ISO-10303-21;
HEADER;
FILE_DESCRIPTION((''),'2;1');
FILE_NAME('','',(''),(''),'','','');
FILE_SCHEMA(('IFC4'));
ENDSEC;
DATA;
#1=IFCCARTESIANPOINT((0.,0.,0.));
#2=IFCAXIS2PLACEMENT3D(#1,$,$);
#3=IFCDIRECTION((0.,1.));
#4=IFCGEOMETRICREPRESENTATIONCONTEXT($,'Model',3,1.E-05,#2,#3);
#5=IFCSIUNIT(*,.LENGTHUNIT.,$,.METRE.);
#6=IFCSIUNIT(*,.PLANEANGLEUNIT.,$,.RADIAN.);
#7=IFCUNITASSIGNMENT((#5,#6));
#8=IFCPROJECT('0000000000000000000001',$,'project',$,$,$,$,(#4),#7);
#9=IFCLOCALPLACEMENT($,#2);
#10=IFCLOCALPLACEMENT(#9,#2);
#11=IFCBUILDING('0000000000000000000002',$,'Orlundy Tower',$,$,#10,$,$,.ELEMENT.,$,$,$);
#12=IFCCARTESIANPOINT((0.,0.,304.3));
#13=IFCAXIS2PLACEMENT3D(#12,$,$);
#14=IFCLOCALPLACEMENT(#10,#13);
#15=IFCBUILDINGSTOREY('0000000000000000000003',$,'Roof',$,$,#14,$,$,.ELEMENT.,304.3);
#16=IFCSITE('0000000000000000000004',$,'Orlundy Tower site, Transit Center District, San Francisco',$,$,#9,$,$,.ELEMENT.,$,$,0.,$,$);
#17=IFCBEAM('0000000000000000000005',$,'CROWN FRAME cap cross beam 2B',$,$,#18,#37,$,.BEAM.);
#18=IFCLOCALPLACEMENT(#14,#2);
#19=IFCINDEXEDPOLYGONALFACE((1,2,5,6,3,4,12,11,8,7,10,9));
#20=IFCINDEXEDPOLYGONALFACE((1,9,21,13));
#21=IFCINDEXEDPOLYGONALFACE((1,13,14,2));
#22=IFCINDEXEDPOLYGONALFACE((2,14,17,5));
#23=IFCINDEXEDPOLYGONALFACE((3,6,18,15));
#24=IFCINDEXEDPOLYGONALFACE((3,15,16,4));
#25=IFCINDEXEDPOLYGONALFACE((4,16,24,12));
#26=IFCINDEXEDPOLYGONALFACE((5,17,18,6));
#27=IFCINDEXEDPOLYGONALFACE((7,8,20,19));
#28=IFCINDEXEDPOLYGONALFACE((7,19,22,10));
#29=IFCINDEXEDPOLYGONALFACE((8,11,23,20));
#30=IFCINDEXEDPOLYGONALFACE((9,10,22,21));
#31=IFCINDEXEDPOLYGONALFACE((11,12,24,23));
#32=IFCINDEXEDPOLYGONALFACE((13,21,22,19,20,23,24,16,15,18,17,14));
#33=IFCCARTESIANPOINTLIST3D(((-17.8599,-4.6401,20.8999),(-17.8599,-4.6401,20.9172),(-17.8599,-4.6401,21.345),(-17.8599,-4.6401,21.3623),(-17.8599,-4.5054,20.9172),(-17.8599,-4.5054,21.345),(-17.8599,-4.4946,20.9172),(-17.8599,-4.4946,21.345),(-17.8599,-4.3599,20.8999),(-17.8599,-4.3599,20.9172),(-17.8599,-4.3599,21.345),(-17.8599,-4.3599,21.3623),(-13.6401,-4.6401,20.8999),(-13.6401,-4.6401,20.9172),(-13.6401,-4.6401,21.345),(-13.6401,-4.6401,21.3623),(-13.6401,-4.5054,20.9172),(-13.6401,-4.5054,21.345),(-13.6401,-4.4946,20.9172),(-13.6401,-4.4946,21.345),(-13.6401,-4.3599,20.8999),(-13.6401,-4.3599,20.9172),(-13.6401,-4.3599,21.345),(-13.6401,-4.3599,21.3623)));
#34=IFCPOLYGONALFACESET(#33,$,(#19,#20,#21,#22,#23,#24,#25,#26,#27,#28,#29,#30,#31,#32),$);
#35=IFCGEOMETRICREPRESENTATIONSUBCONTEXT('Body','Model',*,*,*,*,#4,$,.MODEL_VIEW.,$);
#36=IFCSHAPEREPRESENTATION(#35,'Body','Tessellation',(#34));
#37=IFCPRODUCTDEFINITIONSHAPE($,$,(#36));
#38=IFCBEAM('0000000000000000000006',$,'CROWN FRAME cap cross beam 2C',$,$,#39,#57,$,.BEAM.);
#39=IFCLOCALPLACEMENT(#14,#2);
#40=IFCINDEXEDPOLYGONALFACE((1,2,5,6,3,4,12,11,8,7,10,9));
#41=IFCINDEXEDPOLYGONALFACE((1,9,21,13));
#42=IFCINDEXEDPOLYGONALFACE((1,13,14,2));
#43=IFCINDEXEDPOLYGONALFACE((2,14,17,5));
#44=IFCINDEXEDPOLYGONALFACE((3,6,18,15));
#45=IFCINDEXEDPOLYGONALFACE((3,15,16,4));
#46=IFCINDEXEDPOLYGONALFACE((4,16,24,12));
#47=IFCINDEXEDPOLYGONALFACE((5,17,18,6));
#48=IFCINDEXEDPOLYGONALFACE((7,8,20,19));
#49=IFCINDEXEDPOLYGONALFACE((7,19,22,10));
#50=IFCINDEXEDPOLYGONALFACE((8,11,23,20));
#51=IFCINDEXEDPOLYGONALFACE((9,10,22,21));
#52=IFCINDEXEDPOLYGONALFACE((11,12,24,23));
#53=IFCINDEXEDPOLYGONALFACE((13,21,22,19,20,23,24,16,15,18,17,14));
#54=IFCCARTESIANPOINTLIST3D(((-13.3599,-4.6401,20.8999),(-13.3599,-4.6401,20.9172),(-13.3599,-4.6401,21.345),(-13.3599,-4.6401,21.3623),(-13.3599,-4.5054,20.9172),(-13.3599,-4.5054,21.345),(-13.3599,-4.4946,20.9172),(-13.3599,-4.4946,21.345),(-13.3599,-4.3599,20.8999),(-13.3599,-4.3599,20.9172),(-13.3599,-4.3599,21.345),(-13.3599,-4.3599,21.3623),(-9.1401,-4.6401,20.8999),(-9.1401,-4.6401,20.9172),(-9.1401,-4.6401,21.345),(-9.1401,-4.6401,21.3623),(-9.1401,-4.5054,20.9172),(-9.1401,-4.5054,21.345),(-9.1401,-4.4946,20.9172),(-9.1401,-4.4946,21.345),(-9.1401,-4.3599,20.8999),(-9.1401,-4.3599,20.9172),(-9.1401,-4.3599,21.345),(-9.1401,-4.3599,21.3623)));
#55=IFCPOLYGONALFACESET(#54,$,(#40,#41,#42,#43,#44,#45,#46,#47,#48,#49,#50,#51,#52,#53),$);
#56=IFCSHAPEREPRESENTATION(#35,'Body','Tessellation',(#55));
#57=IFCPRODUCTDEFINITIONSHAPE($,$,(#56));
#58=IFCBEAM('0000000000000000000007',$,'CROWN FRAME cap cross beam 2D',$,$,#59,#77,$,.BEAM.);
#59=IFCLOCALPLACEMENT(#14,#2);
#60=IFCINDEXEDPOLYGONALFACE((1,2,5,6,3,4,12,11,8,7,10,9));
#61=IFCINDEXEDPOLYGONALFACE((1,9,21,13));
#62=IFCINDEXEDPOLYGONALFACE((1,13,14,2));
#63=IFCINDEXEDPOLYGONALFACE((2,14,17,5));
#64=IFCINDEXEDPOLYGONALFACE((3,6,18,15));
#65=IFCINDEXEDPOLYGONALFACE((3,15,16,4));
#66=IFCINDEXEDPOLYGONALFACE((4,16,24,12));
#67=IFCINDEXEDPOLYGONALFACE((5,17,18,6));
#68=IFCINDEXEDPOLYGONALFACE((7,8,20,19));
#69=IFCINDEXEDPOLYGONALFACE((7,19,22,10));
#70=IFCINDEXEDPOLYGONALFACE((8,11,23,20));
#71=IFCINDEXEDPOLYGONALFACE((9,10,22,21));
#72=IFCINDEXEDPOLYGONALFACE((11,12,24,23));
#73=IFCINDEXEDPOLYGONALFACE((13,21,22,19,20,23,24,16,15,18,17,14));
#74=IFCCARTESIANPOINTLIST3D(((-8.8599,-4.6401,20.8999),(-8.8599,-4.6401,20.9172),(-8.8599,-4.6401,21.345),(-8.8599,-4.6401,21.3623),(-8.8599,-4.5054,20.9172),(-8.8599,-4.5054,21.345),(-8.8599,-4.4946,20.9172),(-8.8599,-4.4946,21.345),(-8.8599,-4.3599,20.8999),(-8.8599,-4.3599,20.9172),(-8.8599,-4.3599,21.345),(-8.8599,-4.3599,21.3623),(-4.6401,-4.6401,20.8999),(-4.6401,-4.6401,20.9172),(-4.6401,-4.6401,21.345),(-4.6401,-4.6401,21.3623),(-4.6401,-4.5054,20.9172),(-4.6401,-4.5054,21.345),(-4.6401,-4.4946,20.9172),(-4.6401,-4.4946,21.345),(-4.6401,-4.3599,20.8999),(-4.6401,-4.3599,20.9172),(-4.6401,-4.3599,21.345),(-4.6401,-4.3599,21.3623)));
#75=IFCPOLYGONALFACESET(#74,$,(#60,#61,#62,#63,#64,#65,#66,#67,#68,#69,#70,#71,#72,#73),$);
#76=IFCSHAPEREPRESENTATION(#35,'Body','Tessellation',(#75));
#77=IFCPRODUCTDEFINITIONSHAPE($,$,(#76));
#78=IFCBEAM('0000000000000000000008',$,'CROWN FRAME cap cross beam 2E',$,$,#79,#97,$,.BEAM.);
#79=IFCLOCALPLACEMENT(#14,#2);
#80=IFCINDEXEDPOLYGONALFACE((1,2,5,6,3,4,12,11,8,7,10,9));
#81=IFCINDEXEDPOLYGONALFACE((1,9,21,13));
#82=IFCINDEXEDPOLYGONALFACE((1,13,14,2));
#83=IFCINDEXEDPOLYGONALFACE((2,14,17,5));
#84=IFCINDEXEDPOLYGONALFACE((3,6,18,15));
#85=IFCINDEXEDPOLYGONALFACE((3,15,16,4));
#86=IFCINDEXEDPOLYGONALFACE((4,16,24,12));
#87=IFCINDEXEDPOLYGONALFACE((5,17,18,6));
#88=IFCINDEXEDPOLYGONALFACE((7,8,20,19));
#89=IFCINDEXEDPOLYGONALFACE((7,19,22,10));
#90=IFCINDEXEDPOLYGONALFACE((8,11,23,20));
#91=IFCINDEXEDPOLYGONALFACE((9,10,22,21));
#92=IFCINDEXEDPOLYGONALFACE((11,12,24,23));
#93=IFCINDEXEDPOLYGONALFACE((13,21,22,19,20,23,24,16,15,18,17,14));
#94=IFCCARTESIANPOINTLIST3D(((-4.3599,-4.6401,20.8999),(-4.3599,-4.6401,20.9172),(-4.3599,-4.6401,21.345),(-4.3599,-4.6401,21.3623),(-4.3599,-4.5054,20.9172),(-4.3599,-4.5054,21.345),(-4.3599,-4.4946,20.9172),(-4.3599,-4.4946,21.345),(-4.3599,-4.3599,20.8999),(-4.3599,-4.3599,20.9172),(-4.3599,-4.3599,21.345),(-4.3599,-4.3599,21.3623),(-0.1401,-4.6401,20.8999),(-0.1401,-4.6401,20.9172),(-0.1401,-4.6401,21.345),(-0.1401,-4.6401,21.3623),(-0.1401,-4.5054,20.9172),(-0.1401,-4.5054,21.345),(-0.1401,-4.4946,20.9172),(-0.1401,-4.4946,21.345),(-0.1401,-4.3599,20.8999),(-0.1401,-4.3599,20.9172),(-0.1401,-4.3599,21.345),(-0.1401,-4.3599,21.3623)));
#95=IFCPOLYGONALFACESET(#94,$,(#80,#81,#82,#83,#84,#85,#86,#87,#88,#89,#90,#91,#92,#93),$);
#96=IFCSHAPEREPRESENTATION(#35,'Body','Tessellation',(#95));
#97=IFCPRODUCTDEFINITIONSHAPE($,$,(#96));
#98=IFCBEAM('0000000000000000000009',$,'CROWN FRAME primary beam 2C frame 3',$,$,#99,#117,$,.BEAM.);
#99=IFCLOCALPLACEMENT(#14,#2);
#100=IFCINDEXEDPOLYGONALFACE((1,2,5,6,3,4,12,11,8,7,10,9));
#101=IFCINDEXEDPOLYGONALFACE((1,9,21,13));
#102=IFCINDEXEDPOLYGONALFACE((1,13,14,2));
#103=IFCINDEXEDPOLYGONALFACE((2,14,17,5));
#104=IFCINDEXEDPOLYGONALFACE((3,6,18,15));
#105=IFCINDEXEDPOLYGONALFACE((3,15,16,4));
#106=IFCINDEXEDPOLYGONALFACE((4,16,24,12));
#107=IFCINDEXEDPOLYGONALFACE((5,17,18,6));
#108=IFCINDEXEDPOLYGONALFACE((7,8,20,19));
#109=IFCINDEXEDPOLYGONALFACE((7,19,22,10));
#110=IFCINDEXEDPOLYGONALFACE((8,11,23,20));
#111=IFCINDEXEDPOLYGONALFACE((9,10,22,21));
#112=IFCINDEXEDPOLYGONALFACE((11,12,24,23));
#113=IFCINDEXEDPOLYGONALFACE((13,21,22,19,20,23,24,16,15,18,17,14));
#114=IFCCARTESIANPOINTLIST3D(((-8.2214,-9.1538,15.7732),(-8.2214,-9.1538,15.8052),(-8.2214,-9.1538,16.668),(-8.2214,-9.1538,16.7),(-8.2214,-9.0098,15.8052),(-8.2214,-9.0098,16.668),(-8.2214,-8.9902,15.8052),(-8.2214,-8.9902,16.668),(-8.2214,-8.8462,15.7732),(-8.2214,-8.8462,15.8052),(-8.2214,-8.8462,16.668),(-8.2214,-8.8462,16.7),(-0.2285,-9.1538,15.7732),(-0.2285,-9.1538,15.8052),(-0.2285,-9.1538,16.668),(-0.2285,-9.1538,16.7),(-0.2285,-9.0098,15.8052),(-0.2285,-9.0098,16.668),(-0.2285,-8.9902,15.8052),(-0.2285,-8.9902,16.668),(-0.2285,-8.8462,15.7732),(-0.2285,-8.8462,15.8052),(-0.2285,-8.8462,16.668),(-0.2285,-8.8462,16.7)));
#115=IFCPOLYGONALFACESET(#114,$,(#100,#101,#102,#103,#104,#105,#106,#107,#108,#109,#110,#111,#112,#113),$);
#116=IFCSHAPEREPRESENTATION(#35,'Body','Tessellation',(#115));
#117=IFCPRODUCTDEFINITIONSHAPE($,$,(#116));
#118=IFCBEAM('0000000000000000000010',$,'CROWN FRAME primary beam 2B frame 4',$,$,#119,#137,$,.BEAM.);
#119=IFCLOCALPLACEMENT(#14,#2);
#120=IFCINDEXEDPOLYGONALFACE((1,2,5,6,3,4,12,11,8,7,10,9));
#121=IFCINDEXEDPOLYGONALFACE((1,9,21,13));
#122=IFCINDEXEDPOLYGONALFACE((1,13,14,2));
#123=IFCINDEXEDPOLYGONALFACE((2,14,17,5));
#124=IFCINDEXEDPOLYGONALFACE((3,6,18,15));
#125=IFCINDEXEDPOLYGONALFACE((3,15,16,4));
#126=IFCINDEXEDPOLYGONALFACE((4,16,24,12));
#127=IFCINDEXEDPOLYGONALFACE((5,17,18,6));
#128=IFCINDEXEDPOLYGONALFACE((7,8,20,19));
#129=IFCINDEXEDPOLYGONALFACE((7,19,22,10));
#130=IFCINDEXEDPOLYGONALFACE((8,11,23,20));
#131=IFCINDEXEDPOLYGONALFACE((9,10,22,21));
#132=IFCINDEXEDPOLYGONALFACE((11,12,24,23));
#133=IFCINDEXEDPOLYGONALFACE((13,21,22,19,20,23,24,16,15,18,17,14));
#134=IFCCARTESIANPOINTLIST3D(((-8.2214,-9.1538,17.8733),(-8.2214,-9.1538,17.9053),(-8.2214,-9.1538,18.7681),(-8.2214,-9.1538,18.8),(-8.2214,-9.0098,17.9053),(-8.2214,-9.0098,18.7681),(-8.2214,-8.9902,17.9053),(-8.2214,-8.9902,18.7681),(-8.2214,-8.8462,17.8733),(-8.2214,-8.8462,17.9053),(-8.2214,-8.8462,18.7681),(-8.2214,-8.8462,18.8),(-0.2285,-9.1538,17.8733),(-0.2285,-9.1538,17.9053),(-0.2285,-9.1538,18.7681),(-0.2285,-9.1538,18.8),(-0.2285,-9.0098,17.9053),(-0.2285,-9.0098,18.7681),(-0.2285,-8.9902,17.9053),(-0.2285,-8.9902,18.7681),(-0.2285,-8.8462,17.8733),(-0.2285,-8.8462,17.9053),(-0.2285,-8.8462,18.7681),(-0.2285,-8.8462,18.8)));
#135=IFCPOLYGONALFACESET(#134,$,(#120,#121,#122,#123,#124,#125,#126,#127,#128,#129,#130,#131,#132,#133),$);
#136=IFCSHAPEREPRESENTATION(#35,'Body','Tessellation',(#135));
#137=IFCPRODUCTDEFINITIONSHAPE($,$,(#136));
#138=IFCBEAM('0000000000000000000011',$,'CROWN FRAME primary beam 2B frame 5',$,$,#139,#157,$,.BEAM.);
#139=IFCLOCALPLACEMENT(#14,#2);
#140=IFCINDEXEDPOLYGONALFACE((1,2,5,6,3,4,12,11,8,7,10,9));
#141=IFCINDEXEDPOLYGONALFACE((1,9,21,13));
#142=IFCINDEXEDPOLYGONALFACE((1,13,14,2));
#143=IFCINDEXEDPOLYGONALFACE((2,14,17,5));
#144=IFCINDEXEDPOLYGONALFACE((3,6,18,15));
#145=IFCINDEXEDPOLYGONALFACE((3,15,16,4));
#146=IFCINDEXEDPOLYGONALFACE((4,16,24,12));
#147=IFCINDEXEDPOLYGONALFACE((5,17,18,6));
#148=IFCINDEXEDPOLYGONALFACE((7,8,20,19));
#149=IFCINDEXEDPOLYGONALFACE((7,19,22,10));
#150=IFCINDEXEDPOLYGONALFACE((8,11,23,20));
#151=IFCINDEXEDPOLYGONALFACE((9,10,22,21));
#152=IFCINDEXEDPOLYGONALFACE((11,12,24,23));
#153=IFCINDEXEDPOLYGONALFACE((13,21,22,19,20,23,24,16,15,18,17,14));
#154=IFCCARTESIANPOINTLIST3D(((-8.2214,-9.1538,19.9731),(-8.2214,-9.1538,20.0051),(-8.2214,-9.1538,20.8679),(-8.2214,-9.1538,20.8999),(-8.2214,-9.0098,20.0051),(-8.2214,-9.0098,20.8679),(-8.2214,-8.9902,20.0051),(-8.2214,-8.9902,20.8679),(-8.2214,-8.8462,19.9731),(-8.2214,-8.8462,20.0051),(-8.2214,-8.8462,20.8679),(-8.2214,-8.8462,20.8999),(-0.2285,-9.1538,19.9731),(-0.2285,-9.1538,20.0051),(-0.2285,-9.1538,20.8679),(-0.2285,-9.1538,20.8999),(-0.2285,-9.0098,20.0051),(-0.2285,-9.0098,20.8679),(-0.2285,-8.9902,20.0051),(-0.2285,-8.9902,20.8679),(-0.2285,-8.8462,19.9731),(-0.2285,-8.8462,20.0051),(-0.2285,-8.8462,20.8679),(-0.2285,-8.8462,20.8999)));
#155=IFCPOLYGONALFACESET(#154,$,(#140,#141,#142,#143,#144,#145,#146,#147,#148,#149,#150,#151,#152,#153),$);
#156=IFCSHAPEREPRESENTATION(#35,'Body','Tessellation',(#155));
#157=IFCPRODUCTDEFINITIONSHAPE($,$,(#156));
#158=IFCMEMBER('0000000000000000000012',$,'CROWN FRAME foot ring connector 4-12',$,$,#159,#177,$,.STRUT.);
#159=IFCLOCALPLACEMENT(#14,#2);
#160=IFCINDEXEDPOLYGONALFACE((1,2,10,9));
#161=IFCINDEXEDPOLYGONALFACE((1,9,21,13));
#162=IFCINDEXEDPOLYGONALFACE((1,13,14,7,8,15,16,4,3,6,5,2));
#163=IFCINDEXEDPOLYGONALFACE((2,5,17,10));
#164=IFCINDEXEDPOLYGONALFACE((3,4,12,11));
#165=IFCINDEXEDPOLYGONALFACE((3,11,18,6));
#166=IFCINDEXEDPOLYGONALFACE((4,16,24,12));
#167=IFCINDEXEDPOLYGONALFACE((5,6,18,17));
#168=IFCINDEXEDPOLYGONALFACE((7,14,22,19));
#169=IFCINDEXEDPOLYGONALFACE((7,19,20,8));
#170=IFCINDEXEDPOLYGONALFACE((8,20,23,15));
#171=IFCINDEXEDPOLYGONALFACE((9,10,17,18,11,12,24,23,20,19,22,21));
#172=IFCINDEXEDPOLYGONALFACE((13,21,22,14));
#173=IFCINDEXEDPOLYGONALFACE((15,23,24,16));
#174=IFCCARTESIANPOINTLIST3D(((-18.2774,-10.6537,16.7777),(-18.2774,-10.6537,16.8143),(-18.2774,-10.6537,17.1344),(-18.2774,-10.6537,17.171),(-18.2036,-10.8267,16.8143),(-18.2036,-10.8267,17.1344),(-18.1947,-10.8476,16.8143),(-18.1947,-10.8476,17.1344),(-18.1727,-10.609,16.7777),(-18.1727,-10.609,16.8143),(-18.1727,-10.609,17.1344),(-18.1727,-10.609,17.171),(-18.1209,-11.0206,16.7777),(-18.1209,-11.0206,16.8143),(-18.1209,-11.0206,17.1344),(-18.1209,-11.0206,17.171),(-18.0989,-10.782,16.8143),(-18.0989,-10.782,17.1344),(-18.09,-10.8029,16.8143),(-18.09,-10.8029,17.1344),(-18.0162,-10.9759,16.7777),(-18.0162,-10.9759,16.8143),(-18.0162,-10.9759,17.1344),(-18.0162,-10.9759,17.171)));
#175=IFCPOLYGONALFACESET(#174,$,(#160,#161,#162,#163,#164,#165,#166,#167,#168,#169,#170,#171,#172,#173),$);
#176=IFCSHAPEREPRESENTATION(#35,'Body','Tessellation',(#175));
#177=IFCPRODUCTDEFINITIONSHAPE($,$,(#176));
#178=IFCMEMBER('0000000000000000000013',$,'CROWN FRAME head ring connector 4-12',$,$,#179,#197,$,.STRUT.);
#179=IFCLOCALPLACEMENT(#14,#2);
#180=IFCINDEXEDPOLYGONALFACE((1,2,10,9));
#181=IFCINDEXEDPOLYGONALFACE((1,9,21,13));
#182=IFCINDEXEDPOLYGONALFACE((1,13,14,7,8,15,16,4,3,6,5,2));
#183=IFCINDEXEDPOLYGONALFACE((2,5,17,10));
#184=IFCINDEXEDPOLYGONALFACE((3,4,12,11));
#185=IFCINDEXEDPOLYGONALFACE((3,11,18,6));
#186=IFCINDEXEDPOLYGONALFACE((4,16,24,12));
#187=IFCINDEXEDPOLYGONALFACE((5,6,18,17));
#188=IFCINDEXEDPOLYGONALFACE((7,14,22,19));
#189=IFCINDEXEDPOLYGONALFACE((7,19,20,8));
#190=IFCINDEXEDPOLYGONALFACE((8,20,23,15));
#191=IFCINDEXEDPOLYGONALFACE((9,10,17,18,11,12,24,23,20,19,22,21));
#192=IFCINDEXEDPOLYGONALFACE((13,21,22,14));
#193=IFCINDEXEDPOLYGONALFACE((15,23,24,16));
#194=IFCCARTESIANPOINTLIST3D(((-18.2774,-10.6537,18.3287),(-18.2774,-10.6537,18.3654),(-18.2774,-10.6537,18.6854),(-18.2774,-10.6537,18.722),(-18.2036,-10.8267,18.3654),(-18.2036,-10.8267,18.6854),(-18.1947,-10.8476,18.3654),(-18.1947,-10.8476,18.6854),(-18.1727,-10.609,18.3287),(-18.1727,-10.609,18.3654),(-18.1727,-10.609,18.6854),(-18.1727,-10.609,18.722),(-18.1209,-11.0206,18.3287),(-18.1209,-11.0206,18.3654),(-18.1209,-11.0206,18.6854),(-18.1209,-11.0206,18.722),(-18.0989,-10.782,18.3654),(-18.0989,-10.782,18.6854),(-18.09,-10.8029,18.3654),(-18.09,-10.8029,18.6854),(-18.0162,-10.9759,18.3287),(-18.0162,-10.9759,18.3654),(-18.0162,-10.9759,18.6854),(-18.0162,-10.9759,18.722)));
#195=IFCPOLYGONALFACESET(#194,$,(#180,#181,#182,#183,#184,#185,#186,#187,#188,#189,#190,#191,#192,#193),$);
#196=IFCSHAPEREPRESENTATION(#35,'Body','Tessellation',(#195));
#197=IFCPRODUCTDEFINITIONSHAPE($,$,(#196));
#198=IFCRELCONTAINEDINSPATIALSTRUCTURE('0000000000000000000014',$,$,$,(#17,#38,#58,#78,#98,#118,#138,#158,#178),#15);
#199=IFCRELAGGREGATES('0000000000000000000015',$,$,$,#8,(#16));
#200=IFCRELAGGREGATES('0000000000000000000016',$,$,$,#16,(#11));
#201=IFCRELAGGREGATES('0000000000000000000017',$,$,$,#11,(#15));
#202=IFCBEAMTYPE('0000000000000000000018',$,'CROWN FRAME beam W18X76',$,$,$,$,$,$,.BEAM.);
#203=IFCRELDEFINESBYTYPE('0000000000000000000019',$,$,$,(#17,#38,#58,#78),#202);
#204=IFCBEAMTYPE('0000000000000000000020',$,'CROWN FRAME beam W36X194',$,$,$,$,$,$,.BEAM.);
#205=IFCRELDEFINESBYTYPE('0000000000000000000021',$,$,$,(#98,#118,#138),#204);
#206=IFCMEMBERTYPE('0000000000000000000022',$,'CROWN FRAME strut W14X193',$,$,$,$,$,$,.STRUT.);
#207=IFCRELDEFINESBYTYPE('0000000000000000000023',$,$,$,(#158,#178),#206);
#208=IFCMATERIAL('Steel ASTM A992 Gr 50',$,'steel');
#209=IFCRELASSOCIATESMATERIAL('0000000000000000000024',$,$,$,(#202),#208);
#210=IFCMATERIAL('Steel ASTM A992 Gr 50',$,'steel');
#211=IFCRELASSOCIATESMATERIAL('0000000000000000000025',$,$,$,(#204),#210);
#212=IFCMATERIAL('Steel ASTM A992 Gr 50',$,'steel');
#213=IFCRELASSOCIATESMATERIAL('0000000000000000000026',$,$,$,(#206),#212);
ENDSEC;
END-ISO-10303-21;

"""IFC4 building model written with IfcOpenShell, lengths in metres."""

from ifc_helpers import new_model, si_unit, direction, frame, origin, origin_2d, place, context, subcontext, project, spatial, i_section, extrude, material, material_profile, profile_set, type_object, element, save


model = new_model("IFC4")

# Units and contexts
model_context = context("Model", 3, precision=1e-05, world=origin(), true_north=direction((0.0, 1.0)))
body_context = subcontext(model_context, "Body", "Model", "MODEL_VIEW")
ifc_project = project(units=[si_unit("LENGTHUNIT", "METRE"), si_unit("PLANEANGLEUNIT", "RADIAN")], contexts=[model_context])

# Site, building, storey
site_placement = place(None, origin())
site = spatial("IfcSite", under=ifc_project, at=site_placement, Name="Orlundy Tower site, Transit Center District, San Francisco", CompositionType="ELEMENT", RefElevation=0.0)
building_placement = place(site_placement, origin())
building = spatial("IfcBuilding", under=site, at=building_placement, Name="Orlundy Tower", CompositionType="ELEMENT")
storey_placement = place(building_placement, frame((0.0, 0.0, 304.3)))
storey = spatial("IfcBuildingStorey", under=building, at=storey_placement, Name="Roof", CompositionType="ELEMENT", Elevation=304.3)

# Beams
ifc_material_1 = material(Name="Steel ASTM A992 Gr 50", Category="steel")
ifc_material_profile_1 = material_profile(ifc_material_1, i_section(OverallWidth=0.2803, OverallDepth=0.4624, WebThickness=0.0107, FlangeThickness=0.0173, at=origin_2d()), Name="W18X76")
ifc_profile_set_1 = profile_set([ifc_material_profile_1], Name="Steel ASTM A992 Gr 50")
beam_type_1 = type_object("IfcBeamType", Name="CROWN FRAME beam W18X76", PredefinedType="BEAM", material=ifc_profile_set_1)
for number, where, z_axis, x_axis, name in (
    (1, (-17.8599, -4.5, 21.1311), (1.0, 0.0, 0.0), (0.0, 1.0, 0.0), "CROWN FRAME cap cross beam 2B"),
    (2, (-13.3599, -4.5, 21.1311), (1.0, 0.0, 0.0), (0.0, 1.0, 0.0), "CROWN FRAME cap cross beam 2C"),
    (3, (-8.8599, -4.5, 21.1311), (1.0, 0.0, 0.0), (0.0, 1.0, 0.0), "CROWN FRAME cap cross beam 2D"),
    (4, (-4.3599, -4.5, 21.1311), (1.0, 0.0, 0.0), (0.0, 1.0, 0.0), "CROWN FRAME cap cross beam 2E"),
):
    element("IfcBeam", number, at=place(storey_placement, frame(where, z_axis=z_axis, x_axis=x_axis)), inside=storey, type_object=beam_type_1, Name=name, PredefinedType="BEAM", context=body_context, shape_type="SweptSolid", body=[
        extrude(i_section(OverallWidth=0.2803, OverallDepth=0.4624, WebThickness=0.0107, FlangeThickness=0.0173, at=origin_2d()), origin(), (0.0, 0.0, 1.0), 4.2197),
    ])
ifc_material_2 = material(Name="Steel ASTM A992 Gr 50", Category="steel")
ifc_material_profile_2 = material_profile(ifc_material_2, i_section(OverallWidth=0.3076, OverallDepth=0.9268, WebThickness=0.0195, FlangeThickness=0.032, at=origin_2d()), Name="W36X194")
ifc_profile_set_2 = profile_set([ifc_material_profile_2], Name="Steel ASTM A992 Gr 50")
beam_type_2 = type_object("IfcBeamType", Name="CROWN FRAME beam W36X194", PredefinedType="BEAM", material=ifc_profile_set_2)
for number, where, z_axis, x_axis, name in (
    (5, (-8.2214, -9.0, 16.2366), (1.0, 0.0, 0.0), (0.0, 1.0, 0.0), "CROWN FRAME primary beam 2C frame 3"),
    (6, (-8.2214, -9.0, 18.3367), (1.0, 0.0, 0.0), (0.0, 1.0, 0.0), "CROWN FRAME primary beam 2B frame 4"),
    (7, (-8.2214, -9.0, 20.4365), (1.0, 0.0, 0.0), (0.0, 1.0, 0.0), "CROWN FRAME primary beam 2B frame 5"),
):
    element("IfcBeam", number, at=place(storey_placement, frame(where, z_axis=z_axis, x_axis=x_axis)), inside=storey, type_object=beam_type_2, Name=name, PredefinedType="BEAM", context=body_context, shape_type="SweptSolid", body=[
        extrude(i_section(OverallWidth=0.3076, OverallDepth=0.9268, WebThickness=0.0195, FlangeThickness=0.032, at=origin_2d()), origin(), (0.0, 0.0, 1.0), 7.9929),
    ])

# Members
ifc_material_3 = material(Name="Steel ASTM A992 Gr 50", Category="steel")
ifc_material_profile_3 = material_profile(ifc_material_3, i_section(OverallWidth=0.3989, OverallDepth=0.3933, WebThickness=0.0227, FlangeThickness=0.0366, at=origin_2d()), Name="W14X193")
ifc_profile_set_3 = profile_set([ifc_material_profile_3], Name="Steel ASTM A992 Gr 50")
member_type = type_object("IfcMemberType", Name="CROWN FRAME strut W14X193", PredefinedType="STRUT", material=ifc_profile_set_3)
for number, where, z_axis, x_axis, name in (
    (8, (-18.0945, -10.7925, 16.9744), (-0.919809, -0.392366, 0.0), (0.392366, -0.919809, 0.0), "CROWN FRAME foot ring connector 4-12"),
    (9, (-18.0945, -10.7925, 18.5254), (-0.919809, -0.392366, 0.0), (0.392366, -0.919809, 0.0), "CROWN FRAME head ring connector 4-12"),
):
    element("IfcMember", number, at=place(storey_placement, frame(where, z_axis=z_axis, x_axis=x_axis)), inside=storey, type_object=member_type, Name=name, PredefinedType="STRUT", context=body_context, shape_type="SweptSolid", body=[
        extrude(i_section(OverallWidth=0.3989, OverallDepth=0.3933, WebThickness=0.0227, FlangeThickness=0.0366, at=origin_2d()), origin(), (0.0, 0.0, 1.0), 0.1138),
    ])

save(model, "model.ifc")
